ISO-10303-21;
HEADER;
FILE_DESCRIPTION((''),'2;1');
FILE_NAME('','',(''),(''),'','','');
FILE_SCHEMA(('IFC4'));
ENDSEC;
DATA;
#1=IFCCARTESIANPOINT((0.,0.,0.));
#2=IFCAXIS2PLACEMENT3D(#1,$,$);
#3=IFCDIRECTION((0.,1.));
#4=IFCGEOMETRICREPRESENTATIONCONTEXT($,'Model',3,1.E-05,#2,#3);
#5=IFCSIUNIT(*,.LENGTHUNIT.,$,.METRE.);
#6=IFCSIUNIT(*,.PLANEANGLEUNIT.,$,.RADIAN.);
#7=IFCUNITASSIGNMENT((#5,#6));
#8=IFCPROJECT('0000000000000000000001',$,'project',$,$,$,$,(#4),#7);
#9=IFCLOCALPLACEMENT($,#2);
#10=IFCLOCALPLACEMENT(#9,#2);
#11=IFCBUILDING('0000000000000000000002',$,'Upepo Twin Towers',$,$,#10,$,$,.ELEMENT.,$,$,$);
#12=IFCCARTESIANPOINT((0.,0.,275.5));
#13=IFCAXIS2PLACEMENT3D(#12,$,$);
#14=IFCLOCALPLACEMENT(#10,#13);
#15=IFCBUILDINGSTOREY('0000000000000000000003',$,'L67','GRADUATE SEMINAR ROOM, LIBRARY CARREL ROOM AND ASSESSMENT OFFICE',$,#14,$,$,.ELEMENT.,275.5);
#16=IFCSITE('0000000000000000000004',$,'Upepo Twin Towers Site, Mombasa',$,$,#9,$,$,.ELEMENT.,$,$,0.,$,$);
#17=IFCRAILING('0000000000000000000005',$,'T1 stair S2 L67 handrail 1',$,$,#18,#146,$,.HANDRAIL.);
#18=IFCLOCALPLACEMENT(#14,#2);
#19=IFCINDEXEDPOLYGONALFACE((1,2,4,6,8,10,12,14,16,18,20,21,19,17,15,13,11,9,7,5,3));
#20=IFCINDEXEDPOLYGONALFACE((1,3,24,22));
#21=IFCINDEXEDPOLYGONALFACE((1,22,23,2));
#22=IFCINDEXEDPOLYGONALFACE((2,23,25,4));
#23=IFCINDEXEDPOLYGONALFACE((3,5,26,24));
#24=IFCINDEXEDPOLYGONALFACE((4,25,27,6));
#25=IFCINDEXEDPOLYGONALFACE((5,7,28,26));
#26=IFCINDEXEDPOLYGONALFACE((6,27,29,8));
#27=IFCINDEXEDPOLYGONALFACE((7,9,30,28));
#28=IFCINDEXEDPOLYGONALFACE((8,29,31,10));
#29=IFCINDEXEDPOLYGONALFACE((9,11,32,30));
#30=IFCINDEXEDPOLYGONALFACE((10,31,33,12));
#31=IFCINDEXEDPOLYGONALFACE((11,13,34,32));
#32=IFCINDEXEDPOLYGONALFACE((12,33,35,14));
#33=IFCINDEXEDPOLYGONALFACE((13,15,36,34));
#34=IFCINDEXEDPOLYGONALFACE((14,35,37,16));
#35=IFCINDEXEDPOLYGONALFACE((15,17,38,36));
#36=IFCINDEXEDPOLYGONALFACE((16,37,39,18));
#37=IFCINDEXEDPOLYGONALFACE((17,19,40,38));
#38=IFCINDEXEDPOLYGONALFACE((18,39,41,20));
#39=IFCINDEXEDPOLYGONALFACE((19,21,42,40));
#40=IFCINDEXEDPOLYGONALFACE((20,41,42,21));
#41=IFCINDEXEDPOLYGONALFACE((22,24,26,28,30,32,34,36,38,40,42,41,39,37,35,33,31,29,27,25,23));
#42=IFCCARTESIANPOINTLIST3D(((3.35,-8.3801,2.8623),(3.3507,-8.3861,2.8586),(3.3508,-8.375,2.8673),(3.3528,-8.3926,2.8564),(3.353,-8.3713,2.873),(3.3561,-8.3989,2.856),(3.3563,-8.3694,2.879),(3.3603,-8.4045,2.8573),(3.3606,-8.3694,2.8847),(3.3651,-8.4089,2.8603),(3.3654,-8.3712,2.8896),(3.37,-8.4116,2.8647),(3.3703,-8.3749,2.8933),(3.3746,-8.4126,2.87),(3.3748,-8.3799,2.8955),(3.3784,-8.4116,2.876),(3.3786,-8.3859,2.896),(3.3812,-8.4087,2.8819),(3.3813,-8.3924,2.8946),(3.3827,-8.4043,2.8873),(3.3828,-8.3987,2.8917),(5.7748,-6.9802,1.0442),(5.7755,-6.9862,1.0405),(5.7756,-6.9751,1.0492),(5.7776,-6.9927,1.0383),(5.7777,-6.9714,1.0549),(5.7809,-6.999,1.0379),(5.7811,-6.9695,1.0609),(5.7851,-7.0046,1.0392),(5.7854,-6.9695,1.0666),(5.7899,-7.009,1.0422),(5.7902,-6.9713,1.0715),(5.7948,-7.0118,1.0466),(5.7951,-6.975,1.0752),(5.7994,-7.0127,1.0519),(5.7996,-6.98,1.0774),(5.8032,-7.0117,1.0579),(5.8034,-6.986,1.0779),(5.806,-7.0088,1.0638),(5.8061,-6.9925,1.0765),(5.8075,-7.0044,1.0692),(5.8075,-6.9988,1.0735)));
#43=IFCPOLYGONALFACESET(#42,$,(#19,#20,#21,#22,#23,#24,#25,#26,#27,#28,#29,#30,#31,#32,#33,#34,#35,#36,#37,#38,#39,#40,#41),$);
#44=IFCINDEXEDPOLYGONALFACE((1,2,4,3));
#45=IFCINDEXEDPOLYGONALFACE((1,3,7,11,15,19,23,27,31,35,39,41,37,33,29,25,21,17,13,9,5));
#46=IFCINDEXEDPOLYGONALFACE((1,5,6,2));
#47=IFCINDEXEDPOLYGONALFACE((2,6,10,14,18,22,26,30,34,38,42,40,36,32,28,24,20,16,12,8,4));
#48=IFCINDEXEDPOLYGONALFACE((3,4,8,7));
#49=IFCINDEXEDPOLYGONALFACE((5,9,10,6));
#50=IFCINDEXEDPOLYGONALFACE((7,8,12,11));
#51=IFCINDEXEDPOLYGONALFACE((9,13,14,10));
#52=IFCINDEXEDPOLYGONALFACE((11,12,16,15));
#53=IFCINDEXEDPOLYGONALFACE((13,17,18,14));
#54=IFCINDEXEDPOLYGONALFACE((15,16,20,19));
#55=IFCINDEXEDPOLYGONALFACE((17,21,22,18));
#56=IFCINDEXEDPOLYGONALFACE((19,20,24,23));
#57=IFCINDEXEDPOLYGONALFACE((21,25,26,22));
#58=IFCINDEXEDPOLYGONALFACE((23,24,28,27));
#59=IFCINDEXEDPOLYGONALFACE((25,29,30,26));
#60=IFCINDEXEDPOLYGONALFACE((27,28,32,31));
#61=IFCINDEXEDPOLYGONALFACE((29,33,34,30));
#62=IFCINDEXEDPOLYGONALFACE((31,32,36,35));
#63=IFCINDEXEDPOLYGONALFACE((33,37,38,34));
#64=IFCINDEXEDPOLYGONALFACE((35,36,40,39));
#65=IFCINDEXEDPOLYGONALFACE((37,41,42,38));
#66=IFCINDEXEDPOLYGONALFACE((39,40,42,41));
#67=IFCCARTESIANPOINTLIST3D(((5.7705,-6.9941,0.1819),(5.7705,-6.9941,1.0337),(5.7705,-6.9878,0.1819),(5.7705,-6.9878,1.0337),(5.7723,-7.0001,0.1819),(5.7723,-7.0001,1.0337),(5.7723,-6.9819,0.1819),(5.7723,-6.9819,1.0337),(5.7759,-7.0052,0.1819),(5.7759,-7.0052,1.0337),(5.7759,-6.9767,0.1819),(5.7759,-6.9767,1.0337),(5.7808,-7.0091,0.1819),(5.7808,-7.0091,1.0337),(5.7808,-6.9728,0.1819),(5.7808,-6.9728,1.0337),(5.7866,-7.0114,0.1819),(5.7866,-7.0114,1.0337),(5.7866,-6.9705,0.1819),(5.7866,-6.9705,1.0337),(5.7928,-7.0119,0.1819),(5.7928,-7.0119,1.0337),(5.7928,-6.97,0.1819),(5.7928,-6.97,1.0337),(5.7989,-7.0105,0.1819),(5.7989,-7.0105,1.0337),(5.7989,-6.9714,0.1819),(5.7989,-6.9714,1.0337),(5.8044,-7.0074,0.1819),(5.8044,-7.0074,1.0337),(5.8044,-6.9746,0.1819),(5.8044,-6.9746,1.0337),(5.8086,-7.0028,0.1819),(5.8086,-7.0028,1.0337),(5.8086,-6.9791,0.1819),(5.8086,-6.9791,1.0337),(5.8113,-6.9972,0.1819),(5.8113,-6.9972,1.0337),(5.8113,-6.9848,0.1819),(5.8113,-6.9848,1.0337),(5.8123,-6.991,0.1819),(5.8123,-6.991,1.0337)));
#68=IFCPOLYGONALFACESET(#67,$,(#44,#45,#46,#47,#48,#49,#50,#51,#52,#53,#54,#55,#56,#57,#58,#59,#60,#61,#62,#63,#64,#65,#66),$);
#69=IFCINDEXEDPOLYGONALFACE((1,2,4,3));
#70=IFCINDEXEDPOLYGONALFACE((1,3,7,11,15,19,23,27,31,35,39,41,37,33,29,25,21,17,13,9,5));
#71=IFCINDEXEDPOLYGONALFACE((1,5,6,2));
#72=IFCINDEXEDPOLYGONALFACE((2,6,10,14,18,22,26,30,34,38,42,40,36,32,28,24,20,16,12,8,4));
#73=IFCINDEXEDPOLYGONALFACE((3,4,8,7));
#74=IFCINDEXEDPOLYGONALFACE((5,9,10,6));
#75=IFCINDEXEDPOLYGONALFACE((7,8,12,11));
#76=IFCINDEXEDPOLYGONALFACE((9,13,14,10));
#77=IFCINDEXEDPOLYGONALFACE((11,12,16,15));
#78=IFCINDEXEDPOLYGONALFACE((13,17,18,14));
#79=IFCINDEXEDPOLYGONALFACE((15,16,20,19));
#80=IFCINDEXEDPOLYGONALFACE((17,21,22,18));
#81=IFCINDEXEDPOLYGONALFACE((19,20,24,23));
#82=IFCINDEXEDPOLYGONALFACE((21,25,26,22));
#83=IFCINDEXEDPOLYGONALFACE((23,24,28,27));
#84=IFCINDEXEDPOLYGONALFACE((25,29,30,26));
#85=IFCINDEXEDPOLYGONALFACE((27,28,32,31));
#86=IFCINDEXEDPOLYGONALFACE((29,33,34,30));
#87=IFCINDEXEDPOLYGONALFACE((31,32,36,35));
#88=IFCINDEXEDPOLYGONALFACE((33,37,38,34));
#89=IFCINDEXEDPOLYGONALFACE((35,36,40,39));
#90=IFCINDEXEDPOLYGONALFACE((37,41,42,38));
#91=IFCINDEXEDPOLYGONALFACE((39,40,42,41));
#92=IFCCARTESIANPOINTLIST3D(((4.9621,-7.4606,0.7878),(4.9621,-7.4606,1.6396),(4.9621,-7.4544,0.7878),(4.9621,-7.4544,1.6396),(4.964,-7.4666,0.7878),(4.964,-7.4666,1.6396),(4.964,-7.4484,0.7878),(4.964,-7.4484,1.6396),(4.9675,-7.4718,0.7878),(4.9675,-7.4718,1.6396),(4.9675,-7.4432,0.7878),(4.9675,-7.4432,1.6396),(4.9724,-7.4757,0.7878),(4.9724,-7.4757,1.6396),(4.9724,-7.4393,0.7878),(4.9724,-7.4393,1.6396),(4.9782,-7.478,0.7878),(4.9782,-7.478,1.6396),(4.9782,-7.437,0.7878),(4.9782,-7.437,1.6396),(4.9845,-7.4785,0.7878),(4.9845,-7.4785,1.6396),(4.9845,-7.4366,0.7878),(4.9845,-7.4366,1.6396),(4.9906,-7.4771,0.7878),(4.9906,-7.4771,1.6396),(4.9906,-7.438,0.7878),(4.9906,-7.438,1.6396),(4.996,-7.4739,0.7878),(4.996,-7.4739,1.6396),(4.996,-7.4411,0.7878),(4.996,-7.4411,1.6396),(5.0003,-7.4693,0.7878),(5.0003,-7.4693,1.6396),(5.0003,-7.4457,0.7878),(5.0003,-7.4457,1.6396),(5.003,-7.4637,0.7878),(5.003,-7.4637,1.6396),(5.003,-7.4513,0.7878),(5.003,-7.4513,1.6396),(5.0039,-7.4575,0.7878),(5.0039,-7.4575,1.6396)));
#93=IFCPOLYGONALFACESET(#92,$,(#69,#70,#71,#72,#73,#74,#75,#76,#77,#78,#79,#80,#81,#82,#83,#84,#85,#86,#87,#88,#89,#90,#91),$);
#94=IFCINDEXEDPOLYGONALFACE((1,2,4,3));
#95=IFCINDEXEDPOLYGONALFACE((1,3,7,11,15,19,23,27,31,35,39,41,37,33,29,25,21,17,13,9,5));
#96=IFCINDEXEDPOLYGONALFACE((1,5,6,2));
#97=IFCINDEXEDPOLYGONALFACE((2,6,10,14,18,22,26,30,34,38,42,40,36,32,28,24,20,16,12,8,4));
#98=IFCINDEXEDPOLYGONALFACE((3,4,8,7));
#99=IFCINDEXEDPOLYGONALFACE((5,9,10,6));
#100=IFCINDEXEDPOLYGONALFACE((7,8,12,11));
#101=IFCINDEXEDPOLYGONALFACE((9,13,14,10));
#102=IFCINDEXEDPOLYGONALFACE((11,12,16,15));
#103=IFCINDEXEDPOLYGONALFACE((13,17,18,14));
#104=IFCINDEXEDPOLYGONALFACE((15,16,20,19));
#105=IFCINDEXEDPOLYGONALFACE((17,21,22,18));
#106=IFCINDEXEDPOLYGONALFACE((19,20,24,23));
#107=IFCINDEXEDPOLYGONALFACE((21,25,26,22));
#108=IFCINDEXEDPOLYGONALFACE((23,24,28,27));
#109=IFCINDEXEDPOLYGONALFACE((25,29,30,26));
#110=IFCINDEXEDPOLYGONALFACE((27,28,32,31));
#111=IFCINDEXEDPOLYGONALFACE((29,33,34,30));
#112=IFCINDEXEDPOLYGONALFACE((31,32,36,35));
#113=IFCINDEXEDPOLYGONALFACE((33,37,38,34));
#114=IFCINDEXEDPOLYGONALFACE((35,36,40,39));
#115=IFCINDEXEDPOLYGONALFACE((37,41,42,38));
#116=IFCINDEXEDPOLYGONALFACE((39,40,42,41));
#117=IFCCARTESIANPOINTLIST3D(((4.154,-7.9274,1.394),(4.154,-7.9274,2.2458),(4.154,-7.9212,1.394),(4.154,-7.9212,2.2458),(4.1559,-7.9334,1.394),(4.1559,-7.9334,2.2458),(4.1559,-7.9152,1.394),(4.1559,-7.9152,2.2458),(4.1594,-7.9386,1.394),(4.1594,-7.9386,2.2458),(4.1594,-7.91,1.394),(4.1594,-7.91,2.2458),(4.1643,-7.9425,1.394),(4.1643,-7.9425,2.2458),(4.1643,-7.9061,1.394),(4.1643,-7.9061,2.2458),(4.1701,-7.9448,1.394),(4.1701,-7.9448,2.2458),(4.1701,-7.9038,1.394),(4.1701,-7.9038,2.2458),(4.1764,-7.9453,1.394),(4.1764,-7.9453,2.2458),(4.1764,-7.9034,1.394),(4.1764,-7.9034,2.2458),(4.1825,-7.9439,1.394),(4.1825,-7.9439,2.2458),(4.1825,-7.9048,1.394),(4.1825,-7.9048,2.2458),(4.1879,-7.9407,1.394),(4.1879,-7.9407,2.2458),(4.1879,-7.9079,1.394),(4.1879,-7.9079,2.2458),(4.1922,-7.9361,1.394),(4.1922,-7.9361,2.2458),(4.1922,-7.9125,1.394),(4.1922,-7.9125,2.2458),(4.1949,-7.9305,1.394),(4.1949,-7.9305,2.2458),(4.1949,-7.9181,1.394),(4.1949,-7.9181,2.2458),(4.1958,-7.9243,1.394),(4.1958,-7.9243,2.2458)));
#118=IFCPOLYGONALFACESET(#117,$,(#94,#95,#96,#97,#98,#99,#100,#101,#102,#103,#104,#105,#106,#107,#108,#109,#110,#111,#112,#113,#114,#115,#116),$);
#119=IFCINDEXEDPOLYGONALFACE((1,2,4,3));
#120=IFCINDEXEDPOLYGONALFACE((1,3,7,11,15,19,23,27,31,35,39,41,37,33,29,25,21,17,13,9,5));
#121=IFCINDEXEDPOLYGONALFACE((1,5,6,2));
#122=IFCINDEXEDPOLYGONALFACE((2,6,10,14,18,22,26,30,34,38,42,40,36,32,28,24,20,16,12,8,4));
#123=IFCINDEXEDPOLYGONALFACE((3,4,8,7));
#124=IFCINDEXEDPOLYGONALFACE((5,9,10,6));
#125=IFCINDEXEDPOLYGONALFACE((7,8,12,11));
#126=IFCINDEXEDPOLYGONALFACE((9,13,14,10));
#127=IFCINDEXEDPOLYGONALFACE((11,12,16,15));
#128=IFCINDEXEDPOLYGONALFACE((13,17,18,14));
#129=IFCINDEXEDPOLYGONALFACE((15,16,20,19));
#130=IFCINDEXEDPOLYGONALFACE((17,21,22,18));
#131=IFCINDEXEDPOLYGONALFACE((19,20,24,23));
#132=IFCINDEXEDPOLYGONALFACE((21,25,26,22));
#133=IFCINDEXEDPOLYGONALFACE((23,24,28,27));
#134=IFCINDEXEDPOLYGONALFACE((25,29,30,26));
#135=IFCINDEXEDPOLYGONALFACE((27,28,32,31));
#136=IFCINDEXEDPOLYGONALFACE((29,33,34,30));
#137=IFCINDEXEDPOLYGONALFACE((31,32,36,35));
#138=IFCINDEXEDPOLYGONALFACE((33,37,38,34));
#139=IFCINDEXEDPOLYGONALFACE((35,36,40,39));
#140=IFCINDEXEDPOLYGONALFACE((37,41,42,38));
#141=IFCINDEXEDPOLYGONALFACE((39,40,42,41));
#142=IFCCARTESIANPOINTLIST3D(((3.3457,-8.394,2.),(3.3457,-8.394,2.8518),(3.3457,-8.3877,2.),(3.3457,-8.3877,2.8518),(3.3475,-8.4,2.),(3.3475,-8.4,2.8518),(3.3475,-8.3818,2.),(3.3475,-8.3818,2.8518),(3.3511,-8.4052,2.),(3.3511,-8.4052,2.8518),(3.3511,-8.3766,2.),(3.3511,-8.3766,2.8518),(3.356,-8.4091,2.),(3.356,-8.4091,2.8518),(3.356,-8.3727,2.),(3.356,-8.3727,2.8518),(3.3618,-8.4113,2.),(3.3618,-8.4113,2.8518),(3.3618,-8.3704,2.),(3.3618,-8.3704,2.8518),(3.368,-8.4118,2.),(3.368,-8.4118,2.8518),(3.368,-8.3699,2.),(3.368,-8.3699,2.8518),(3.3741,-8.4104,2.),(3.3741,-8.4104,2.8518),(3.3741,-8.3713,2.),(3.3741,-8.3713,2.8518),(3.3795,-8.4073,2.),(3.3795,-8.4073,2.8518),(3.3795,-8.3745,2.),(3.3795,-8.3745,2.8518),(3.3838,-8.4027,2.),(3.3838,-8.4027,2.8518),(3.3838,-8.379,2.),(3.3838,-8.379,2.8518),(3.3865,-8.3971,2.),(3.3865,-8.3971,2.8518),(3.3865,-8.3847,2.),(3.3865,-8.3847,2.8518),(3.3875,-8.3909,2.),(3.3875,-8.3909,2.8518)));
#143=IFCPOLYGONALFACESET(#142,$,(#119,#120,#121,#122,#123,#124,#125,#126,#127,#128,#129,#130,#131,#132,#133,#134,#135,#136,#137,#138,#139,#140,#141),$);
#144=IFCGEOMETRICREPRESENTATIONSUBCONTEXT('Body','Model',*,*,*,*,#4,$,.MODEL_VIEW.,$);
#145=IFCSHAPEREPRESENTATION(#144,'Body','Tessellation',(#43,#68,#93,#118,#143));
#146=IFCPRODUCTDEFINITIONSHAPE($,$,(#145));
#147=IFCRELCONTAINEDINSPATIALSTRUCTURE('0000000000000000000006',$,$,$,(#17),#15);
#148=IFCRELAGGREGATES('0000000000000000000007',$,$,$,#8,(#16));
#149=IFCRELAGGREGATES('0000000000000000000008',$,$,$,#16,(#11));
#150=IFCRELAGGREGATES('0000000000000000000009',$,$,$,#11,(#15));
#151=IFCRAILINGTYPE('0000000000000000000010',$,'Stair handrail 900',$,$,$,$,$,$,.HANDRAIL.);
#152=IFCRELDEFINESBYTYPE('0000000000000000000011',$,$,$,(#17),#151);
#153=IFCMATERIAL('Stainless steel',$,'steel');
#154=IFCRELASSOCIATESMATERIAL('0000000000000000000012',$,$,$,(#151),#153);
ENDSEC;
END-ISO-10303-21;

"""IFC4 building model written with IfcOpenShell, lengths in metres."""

from ifc_helpers import new_model, si_unit, direction, frame, origin, origin_2d, place, context, subcontext, project, spatial, circle, extrude, material, type_object, element, save


model = new_model("IFC4")

# Units and contexts
model_context = context("Model", 3, precision=1e-05, world=origin(), true_north=direction((0.0, 1.0)))
body_context = subcontext(model_context, "Body", "Model", "MODEL_VIEW")
ifc_project = project(units=[si_unit("LENGTHUNIT", "METRE"), si_unit("PLANEANGLEUNIT", "RADIAN")], contexts=[model_context])

# Site, building, storey
site_placement = place(None, origin())
site = spatial("IfcSite", under=ifc_project, at=site_placement, Name="Upepo Twin Towers Site, Mombasa", CompositionType="ELEMENT", RefElevation=0.0)
building_placement = place(site_placement, origin())
building = spatial("IfcBuilding", under=site, at=building_placement, Name="Upepo Twin Towers", CompositionType="ELEMENT")
storey_placement = place(building_placement, frame((0.0, 0.0, 275.5)))
storey = spatial("IfcBuildingStorey", under=building, at=storey_placement, Name="L67", Description="GRADUATE SEMINAR ROOM, LIBRARY CARREL ROOM AND ASSESSMENT OFFICE", CompositionType="ELEMENT", Elevation=275.5)

# Railing
ifc_material_1 = material(Name="Stainless steel", Category="steel")
railing_type = type_object("IfcRailingType", Name="Stair handrail 900", PredefinedType="HANDRAIL", material=ifc_material_1)
railing_1_placement = place(storey_placement, frame((5.7913, -6.991, 0.1819)))
element("IfcRailing", 1, at=railing_1_placement, inside=storey, type_object=railing_type, Name="T1 stair S2 L67 handrail 1", PredefinedType="HANDRAIL", context=body_context, shape_type="SweptSolid", body=[
    extrude(circle(Radius=0.0239, at=origin_2d()), frame((0.0, 0.0, 0.876), z_axis=(-0.726336, -0.419333, 0.544606), x_axis=(0.499984, -0.866035, 0.0)), (0.0, 0.0, 1.0), 3.3384),
    extrude(circle(Radius=0.021, at=origin_2d()), origin(), (0.0, 0.0, 1.0), 0.8518),
    extrude(circle(Radius=0.021, at=origin_2d()), frame((-0.8083, -0.4666, 0.606)), (0.0, 0.0, 1.0), 0.8518),
    extrude(circle(Radius=0.021, at=origin_2d()), frame((-1.6165, -0.9333, 1.2122)), (0.0, 0.0, 1.0), 0.8518),
    extrude(circle(Radius=0.021, at=origin_2d()), frame((-2.4248, -1.3999, 1.8181)), (0.0, 0.0, 1.0), 0.8518),
])

save(model, "model.ifc")
